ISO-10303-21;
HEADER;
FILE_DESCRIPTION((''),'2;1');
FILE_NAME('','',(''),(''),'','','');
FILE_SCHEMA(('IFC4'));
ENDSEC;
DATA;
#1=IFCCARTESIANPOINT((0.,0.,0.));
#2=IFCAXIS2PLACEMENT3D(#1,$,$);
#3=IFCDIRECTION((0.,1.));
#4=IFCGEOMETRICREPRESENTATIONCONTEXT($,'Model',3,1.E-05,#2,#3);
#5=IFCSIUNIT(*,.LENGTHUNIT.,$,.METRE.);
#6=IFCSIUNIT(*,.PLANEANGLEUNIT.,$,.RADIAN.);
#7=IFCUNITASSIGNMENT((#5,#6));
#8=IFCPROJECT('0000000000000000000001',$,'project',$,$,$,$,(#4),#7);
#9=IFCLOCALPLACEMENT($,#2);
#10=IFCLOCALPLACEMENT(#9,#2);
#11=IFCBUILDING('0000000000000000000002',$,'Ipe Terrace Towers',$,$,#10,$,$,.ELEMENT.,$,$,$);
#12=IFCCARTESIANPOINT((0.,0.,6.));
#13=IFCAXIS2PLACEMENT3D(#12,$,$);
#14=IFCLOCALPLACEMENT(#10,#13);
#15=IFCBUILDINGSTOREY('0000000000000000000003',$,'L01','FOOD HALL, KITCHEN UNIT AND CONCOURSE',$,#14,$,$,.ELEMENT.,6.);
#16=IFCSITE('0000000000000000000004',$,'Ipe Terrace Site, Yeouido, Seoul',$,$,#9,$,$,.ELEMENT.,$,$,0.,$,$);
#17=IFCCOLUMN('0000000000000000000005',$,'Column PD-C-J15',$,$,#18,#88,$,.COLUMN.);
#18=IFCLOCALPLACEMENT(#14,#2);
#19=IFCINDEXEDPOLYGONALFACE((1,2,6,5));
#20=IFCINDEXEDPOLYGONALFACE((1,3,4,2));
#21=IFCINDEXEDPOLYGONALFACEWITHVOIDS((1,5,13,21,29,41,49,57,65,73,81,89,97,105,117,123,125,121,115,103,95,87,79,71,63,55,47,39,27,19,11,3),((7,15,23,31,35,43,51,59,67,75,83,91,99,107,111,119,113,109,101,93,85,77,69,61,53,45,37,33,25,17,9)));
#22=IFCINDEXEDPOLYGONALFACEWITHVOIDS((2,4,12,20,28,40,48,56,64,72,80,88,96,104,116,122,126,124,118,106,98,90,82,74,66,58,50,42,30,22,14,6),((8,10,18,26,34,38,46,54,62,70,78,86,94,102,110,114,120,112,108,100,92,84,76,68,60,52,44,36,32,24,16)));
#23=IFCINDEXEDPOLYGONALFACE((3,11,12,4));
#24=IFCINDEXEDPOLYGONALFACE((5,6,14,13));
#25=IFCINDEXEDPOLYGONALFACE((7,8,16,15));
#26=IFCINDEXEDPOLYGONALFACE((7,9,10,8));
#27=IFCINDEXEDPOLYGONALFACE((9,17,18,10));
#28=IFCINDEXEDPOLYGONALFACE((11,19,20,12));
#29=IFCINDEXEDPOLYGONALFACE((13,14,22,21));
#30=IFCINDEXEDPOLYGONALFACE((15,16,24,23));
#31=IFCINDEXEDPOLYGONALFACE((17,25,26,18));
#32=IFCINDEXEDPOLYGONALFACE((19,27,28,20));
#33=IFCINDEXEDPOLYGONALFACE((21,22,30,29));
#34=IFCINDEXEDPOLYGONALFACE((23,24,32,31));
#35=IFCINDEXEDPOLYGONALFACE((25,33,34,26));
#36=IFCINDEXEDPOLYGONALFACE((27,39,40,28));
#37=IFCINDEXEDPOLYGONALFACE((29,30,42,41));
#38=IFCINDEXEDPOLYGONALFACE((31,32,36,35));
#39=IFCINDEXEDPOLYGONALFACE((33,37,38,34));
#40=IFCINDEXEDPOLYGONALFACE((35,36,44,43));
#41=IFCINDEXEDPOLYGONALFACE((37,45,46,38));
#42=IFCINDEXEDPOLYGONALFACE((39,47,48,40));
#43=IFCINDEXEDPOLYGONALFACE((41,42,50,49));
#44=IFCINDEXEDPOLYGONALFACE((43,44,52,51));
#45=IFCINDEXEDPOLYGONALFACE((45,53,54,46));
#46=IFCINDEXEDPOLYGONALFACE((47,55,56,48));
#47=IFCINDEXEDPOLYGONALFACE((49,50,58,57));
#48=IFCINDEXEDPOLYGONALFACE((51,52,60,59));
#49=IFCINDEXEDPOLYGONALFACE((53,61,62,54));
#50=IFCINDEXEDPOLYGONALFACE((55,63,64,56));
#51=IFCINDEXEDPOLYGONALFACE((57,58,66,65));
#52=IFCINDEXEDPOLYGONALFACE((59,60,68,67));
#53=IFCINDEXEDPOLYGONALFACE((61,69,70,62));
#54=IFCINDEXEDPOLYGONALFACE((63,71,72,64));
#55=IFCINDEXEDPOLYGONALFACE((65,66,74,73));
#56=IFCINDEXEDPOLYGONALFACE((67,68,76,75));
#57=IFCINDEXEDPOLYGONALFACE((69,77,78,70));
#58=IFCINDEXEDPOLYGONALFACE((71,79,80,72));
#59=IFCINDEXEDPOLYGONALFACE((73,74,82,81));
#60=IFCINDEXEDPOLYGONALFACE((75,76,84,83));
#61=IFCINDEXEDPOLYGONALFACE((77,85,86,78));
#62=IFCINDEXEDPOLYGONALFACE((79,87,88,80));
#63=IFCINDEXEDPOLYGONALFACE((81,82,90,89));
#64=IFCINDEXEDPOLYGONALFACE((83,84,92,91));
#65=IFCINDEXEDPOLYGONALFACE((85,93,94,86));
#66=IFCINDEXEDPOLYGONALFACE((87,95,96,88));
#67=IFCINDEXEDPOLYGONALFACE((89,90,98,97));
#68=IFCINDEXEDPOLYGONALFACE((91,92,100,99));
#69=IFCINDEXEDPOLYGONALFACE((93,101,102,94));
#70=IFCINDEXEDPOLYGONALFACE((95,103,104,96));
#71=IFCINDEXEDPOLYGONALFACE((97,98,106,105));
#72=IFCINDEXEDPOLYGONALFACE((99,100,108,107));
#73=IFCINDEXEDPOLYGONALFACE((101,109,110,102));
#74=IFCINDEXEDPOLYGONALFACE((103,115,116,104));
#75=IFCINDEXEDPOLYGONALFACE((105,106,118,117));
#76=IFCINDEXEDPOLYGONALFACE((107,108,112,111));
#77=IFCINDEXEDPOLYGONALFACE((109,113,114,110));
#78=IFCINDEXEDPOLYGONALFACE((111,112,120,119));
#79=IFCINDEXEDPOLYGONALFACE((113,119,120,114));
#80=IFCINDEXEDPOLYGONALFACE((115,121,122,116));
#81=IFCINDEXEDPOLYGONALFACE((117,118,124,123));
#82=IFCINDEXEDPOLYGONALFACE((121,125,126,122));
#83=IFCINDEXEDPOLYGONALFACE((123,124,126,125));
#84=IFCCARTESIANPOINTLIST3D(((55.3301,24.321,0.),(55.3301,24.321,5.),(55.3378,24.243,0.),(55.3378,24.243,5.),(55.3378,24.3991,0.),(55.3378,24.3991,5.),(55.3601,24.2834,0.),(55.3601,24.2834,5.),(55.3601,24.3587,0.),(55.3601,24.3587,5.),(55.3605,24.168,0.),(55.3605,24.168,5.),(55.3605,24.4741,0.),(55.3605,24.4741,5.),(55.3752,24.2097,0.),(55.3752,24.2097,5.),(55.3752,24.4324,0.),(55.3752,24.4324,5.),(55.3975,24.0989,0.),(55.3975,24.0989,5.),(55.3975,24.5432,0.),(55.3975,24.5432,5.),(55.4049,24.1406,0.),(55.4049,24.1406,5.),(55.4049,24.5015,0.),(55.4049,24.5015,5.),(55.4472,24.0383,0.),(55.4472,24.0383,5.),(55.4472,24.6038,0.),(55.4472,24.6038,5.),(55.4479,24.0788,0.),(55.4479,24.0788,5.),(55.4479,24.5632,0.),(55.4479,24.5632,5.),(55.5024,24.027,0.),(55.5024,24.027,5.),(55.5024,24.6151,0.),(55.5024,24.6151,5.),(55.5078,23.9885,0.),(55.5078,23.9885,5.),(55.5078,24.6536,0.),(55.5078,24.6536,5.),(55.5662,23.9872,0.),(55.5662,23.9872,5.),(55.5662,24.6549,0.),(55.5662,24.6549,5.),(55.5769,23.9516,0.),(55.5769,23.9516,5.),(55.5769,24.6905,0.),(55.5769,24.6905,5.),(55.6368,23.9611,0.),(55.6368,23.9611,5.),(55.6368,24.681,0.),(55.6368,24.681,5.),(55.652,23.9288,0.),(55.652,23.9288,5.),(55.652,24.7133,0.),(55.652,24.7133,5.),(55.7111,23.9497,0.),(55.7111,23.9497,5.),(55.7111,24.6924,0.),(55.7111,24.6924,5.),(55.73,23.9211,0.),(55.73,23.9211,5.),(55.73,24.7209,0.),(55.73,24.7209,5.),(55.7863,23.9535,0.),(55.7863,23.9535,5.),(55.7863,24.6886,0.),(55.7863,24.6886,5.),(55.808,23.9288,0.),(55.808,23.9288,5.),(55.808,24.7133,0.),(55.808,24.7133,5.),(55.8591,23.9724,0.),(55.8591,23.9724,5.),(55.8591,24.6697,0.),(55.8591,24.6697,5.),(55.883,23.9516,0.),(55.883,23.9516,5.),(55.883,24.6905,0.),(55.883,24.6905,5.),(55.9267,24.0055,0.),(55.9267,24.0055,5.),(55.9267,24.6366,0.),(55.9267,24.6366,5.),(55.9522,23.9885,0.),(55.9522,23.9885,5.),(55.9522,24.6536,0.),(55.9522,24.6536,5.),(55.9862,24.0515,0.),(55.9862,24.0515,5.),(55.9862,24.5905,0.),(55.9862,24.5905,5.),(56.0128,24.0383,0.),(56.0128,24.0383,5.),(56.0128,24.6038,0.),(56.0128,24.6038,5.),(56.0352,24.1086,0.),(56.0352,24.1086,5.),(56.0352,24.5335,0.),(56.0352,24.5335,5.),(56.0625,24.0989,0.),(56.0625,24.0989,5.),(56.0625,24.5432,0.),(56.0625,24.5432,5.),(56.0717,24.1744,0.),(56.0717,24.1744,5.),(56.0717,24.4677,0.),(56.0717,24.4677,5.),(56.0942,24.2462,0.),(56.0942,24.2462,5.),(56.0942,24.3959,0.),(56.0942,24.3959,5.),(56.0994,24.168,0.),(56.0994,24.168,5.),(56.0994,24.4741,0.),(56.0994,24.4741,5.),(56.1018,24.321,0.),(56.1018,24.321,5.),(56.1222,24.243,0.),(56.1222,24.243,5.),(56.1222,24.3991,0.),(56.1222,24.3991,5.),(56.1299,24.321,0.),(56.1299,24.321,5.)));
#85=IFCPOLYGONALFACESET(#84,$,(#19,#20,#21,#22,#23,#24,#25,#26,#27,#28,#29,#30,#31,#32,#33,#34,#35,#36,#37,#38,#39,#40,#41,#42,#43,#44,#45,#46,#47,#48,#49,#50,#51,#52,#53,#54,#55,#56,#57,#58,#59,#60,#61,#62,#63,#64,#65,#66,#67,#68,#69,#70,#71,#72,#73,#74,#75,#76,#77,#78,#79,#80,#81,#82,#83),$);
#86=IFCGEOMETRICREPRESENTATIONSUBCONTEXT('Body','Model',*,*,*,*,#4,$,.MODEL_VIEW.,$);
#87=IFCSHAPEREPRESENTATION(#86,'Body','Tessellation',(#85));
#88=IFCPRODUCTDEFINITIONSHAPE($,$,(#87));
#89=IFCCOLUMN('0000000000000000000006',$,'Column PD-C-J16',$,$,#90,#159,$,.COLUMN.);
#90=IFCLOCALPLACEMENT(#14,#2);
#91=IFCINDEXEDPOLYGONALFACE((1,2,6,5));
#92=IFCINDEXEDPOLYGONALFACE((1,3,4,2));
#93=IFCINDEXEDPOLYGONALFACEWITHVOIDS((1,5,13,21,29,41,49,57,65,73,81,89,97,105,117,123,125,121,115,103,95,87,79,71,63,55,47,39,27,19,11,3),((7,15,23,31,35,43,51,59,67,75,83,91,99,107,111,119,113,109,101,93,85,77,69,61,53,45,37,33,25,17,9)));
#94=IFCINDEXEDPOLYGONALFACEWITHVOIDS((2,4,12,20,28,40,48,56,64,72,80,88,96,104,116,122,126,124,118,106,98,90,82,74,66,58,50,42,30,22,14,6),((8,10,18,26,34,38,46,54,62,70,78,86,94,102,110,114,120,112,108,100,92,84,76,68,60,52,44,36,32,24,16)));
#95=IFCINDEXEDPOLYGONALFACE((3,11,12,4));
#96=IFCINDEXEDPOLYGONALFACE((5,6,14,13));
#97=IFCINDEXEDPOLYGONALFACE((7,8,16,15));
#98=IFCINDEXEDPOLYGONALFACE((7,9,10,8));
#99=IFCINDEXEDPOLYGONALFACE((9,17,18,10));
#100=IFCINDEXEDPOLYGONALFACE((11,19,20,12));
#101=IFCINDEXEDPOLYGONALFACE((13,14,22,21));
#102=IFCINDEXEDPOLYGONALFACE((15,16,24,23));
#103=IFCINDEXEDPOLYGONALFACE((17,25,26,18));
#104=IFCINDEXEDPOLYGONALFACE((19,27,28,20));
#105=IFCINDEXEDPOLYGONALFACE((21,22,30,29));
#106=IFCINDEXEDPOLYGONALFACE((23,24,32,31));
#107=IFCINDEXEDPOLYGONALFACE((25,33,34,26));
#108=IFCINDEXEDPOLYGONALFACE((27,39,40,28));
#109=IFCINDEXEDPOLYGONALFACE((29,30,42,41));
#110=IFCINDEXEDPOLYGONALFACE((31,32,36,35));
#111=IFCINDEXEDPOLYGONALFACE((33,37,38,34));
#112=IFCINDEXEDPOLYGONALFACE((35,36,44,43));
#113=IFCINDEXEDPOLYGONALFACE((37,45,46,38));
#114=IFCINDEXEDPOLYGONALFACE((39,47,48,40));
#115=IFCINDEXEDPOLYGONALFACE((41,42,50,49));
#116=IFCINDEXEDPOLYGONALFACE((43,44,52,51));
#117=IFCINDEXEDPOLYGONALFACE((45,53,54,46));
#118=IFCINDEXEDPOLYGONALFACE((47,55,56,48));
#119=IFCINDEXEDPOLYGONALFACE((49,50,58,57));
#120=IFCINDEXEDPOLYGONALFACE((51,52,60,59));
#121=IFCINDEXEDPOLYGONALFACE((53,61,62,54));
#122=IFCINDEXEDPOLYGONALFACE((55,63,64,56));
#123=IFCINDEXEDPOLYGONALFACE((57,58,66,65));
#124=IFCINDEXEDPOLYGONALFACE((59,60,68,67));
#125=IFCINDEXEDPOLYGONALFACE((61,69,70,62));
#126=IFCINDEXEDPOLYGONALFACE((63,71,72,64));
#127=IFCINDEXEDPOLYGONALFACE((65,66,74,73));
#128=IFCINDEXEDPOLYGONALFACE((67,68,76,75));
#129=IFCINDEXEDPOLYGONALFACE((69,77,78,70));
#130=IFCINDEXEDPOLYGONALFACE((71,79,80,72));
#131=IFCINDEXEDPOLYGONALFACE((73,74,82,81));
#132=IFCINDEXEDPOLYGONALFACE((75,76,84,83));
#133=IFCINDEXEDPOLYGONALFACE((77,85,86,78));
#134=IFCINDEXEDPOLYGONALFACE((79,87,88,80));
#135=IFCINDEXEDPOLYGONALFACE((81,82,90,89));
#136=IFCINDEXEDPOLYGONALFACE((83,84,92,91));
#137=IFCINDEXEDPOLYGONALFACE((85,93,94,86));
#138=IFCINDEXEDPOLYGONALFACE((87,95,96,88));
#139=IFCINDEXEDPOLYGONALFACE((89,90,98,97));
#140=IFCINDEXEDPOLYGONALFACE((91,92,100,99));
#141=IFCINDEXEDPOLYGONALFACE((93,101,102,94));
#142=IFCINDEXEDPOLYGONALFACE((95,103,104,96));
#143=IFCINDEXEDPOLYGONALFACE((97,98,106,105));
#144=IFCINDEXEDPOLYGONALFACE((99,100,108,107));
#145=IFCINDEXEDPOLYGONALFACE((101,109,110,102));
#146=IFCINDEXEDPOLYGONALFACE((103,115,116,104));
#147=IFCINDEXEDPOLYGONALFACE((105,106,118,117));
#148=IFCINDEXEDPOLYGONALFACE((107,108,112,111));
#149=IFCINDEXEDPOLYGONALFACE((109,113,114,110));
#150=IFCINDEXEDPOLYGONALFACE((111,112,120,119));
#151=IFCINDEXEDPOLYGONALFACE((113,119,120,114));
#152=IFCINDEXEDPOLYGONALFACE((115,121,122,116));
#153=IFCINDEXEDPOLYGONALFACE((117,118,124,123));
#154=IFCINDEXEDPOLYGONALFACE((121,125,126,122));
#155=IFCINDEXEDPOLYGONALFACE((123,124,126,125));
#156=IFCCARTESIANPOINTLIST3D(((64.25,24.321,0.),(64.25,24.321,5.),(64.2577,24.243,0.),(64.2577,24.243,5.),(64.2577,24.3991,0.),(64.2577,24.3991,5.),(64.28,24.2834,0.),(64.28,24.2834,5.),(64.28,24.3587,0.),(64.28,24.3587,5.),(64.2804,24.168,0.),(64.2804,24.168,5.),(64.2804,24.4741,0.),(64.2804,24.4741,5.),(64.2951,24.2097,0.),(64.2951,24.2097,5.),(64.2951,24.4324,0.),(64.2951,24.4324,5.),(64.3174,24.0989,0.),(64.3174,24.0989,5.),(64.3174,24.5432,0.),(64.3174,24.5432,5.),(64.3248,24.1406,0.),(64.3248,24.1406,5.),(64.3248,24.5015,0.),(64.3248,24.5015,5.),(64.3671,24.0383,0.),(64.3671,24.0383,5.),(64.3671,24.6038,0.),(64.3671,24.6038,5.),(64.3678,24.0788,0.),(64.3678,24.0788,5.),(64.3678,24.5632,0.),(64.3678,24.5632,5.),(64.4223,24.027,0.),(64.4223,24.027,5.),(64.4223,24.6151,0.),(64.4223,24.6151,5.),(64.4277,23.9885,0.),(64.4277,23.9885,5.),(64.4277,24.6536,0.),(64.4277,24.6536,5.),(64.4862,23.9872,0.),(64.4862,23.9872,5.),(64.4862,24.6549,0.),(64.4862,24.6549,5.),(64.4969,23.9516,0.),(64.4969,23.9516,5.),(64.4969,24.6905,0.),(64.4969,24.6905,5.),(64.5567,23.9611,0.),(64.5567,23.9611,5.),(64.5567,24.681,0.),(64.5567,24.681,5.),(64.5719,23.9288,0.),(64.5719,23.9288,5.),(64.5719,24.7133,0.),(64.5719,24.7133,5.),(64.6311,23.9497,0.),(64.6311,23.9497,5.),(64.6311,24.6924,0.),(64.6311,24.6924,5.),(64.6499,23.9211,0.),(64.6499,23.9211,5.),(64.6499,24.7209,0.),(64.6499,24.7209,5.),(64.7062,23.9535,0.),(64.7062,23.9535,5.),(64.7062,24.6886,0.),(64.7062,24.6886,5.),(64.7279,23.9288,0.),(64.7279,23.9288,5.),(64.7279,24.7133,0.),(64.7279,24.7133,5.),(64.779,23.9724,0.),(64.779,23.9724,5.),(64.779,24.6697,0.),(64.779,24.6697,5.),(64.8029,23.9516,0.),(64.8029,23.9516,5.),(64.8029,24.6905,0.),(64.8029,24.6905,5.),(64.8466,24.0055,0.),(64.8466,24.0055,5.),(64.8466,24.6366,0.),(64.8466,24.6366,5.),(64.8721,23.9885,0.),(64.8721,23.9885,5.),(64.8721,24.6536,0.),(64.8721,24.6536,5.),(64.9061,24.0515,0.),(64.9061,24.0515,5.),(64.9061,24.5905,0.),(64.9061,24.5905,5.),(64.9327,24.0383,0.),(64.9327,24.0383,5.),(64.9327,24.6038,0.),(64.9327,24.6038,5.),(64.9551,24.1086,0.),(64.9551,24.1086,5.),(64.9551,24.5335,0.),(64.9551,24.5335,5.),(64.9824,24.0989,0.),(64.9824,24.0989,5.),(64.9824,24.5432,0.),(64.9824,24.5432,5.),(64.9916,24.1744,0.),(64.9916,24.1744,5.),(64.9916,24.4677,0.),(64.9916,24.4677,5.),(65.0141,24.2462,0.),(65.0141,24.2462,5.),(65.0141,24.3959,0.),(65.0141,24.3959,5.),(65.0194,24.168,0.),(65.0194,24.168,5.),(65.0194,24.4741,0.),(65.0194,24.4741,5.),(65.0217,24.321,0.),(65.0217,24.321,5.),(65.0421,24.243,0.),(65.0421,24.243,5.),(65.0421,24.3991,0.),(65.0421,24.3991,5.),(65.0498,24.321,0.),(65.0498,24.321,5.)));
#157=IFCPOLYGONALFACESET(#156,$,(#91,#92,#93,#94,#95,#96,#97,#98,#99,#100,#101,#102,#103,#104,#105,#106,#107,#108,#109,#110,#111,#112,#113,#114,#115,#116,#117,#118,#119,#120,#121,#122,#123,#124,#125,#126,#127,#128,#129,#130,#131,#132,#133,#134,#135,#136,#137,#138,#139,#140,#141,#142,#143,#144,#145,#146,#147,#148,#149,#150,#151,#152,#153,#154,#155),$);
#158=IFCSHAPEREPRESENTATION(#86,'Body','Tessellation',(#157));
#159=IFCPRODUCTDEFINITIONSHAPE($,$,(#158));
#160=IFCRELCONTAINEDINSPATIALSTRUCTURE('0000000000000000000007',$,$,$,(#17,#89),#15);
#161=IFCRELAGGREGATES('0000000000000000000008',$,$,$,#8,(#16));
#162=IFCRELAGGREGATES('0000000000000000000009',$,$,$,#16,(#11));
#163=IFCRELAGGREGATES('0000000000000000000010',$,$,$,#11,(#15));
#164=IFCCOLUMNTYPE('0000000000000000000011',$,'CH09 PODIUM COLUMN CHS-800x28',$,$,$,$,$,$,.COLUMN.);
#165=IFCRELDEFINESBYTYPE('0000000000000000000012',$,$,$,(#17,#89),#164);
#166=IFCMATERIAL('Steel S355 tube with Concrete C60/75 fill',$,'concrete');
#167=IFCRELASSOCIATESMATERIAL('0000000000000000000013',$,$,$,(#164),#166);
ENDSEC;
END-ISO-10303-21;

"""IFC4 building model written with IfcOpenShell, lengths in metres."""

from ifc_helpers import new_model, si_unit, direction, frame, origin, origin_2d, place, context, subcontext, project, spatial, hollow_circle, extrude, material, material_profile, profile_set, type_object, element, save


model = new_model("IFC4")

# Units and contexts
model_context = context("Model", 3, precision=1e-05, world=origin(), true_north=direction((0.0, 1.0)))
body_context = subcontext(model_context, "Body", "Model", "MODEL_VIEW")
ifc_project = project(units=[si_unit("LENGTHUNIT", "METRE"), si_unit("PLANEANGLEUNIT", "RADIAN")], contexts=[model_context])

# Site, building, storey
site_placement = place(None, origin())
site = spatial("IfcSite", under=ifc_project, at=site_placement, Name="Ipe Terrace Site, Yeouido, Seoul", CompositionType="ELEMENT", RefElevation=0.0)
building_placement = place(site_placement, origin())
building = spatial("IfcBuilding", under=site, at=building_placement, Name="Ipe Terrace Towers", CompositionType="ELEMENT")
storey_placement = place(building_placement, frame((0.0, 0.0, 6.0)))
storey = spatial("IfcBuildingStorey", under=building, at=storey_placement, Name="L01", Description="FOOD HALL, KITCHEN UNIT AND CONCOURSE", CompositionType="ELEMENT", Elevation=6.0)

# Columns
ifc_material_1 = material(Name="Steel S355 tube with Concrete C60/75 fill", Category="concrete")
ifc_material_profile_1 = material_profile(ifc_material_1, hollow_circle(Radius=0.3999, WallThickness=0.0281, at=origin_2d()), Name="CHS-800x28")
ifc_profile_set_1 = profile_set([ifc_material_profile_1], Name="Steel S355 tube with Concrete C60/75 fill")
column_type = type_object("IfcColumnType", Name="CH09 PODIUM COLUMN CHS-800x28", PredefinedType="COLUMN", material=ifc_profile_set_1)
for number, where, z_axis, x_axis, name in (
    (1, (55.73, 24.321, 0.0), (0.0, 0.0, 1.0), (1.0, 0.0, 0.0), "Column PD-C-J15"),
    (2, (64.6499, 24.321, 0.0), (0.0, 0.0, 1.0), (1.0, 0.0, 0.0), "Column PD-C-J16"),
):
    element("IfcColumn", number, at=place(storey_placement, frame(where, z_axis=z_axis, x_axis=x_axis)), inside=storey, type_object=column_type, Name=name, PredefinedType="COLUMN", context=body_context, shape_type="SweptSolid", body=[
        extrude(hollow_circle(Radius=0.3999, WallThickness=0.0281, at=origin_2d()), origin(), (0.0, 0.0, 1.0), 5.0),
    ])

save(model, "model.ifc")
